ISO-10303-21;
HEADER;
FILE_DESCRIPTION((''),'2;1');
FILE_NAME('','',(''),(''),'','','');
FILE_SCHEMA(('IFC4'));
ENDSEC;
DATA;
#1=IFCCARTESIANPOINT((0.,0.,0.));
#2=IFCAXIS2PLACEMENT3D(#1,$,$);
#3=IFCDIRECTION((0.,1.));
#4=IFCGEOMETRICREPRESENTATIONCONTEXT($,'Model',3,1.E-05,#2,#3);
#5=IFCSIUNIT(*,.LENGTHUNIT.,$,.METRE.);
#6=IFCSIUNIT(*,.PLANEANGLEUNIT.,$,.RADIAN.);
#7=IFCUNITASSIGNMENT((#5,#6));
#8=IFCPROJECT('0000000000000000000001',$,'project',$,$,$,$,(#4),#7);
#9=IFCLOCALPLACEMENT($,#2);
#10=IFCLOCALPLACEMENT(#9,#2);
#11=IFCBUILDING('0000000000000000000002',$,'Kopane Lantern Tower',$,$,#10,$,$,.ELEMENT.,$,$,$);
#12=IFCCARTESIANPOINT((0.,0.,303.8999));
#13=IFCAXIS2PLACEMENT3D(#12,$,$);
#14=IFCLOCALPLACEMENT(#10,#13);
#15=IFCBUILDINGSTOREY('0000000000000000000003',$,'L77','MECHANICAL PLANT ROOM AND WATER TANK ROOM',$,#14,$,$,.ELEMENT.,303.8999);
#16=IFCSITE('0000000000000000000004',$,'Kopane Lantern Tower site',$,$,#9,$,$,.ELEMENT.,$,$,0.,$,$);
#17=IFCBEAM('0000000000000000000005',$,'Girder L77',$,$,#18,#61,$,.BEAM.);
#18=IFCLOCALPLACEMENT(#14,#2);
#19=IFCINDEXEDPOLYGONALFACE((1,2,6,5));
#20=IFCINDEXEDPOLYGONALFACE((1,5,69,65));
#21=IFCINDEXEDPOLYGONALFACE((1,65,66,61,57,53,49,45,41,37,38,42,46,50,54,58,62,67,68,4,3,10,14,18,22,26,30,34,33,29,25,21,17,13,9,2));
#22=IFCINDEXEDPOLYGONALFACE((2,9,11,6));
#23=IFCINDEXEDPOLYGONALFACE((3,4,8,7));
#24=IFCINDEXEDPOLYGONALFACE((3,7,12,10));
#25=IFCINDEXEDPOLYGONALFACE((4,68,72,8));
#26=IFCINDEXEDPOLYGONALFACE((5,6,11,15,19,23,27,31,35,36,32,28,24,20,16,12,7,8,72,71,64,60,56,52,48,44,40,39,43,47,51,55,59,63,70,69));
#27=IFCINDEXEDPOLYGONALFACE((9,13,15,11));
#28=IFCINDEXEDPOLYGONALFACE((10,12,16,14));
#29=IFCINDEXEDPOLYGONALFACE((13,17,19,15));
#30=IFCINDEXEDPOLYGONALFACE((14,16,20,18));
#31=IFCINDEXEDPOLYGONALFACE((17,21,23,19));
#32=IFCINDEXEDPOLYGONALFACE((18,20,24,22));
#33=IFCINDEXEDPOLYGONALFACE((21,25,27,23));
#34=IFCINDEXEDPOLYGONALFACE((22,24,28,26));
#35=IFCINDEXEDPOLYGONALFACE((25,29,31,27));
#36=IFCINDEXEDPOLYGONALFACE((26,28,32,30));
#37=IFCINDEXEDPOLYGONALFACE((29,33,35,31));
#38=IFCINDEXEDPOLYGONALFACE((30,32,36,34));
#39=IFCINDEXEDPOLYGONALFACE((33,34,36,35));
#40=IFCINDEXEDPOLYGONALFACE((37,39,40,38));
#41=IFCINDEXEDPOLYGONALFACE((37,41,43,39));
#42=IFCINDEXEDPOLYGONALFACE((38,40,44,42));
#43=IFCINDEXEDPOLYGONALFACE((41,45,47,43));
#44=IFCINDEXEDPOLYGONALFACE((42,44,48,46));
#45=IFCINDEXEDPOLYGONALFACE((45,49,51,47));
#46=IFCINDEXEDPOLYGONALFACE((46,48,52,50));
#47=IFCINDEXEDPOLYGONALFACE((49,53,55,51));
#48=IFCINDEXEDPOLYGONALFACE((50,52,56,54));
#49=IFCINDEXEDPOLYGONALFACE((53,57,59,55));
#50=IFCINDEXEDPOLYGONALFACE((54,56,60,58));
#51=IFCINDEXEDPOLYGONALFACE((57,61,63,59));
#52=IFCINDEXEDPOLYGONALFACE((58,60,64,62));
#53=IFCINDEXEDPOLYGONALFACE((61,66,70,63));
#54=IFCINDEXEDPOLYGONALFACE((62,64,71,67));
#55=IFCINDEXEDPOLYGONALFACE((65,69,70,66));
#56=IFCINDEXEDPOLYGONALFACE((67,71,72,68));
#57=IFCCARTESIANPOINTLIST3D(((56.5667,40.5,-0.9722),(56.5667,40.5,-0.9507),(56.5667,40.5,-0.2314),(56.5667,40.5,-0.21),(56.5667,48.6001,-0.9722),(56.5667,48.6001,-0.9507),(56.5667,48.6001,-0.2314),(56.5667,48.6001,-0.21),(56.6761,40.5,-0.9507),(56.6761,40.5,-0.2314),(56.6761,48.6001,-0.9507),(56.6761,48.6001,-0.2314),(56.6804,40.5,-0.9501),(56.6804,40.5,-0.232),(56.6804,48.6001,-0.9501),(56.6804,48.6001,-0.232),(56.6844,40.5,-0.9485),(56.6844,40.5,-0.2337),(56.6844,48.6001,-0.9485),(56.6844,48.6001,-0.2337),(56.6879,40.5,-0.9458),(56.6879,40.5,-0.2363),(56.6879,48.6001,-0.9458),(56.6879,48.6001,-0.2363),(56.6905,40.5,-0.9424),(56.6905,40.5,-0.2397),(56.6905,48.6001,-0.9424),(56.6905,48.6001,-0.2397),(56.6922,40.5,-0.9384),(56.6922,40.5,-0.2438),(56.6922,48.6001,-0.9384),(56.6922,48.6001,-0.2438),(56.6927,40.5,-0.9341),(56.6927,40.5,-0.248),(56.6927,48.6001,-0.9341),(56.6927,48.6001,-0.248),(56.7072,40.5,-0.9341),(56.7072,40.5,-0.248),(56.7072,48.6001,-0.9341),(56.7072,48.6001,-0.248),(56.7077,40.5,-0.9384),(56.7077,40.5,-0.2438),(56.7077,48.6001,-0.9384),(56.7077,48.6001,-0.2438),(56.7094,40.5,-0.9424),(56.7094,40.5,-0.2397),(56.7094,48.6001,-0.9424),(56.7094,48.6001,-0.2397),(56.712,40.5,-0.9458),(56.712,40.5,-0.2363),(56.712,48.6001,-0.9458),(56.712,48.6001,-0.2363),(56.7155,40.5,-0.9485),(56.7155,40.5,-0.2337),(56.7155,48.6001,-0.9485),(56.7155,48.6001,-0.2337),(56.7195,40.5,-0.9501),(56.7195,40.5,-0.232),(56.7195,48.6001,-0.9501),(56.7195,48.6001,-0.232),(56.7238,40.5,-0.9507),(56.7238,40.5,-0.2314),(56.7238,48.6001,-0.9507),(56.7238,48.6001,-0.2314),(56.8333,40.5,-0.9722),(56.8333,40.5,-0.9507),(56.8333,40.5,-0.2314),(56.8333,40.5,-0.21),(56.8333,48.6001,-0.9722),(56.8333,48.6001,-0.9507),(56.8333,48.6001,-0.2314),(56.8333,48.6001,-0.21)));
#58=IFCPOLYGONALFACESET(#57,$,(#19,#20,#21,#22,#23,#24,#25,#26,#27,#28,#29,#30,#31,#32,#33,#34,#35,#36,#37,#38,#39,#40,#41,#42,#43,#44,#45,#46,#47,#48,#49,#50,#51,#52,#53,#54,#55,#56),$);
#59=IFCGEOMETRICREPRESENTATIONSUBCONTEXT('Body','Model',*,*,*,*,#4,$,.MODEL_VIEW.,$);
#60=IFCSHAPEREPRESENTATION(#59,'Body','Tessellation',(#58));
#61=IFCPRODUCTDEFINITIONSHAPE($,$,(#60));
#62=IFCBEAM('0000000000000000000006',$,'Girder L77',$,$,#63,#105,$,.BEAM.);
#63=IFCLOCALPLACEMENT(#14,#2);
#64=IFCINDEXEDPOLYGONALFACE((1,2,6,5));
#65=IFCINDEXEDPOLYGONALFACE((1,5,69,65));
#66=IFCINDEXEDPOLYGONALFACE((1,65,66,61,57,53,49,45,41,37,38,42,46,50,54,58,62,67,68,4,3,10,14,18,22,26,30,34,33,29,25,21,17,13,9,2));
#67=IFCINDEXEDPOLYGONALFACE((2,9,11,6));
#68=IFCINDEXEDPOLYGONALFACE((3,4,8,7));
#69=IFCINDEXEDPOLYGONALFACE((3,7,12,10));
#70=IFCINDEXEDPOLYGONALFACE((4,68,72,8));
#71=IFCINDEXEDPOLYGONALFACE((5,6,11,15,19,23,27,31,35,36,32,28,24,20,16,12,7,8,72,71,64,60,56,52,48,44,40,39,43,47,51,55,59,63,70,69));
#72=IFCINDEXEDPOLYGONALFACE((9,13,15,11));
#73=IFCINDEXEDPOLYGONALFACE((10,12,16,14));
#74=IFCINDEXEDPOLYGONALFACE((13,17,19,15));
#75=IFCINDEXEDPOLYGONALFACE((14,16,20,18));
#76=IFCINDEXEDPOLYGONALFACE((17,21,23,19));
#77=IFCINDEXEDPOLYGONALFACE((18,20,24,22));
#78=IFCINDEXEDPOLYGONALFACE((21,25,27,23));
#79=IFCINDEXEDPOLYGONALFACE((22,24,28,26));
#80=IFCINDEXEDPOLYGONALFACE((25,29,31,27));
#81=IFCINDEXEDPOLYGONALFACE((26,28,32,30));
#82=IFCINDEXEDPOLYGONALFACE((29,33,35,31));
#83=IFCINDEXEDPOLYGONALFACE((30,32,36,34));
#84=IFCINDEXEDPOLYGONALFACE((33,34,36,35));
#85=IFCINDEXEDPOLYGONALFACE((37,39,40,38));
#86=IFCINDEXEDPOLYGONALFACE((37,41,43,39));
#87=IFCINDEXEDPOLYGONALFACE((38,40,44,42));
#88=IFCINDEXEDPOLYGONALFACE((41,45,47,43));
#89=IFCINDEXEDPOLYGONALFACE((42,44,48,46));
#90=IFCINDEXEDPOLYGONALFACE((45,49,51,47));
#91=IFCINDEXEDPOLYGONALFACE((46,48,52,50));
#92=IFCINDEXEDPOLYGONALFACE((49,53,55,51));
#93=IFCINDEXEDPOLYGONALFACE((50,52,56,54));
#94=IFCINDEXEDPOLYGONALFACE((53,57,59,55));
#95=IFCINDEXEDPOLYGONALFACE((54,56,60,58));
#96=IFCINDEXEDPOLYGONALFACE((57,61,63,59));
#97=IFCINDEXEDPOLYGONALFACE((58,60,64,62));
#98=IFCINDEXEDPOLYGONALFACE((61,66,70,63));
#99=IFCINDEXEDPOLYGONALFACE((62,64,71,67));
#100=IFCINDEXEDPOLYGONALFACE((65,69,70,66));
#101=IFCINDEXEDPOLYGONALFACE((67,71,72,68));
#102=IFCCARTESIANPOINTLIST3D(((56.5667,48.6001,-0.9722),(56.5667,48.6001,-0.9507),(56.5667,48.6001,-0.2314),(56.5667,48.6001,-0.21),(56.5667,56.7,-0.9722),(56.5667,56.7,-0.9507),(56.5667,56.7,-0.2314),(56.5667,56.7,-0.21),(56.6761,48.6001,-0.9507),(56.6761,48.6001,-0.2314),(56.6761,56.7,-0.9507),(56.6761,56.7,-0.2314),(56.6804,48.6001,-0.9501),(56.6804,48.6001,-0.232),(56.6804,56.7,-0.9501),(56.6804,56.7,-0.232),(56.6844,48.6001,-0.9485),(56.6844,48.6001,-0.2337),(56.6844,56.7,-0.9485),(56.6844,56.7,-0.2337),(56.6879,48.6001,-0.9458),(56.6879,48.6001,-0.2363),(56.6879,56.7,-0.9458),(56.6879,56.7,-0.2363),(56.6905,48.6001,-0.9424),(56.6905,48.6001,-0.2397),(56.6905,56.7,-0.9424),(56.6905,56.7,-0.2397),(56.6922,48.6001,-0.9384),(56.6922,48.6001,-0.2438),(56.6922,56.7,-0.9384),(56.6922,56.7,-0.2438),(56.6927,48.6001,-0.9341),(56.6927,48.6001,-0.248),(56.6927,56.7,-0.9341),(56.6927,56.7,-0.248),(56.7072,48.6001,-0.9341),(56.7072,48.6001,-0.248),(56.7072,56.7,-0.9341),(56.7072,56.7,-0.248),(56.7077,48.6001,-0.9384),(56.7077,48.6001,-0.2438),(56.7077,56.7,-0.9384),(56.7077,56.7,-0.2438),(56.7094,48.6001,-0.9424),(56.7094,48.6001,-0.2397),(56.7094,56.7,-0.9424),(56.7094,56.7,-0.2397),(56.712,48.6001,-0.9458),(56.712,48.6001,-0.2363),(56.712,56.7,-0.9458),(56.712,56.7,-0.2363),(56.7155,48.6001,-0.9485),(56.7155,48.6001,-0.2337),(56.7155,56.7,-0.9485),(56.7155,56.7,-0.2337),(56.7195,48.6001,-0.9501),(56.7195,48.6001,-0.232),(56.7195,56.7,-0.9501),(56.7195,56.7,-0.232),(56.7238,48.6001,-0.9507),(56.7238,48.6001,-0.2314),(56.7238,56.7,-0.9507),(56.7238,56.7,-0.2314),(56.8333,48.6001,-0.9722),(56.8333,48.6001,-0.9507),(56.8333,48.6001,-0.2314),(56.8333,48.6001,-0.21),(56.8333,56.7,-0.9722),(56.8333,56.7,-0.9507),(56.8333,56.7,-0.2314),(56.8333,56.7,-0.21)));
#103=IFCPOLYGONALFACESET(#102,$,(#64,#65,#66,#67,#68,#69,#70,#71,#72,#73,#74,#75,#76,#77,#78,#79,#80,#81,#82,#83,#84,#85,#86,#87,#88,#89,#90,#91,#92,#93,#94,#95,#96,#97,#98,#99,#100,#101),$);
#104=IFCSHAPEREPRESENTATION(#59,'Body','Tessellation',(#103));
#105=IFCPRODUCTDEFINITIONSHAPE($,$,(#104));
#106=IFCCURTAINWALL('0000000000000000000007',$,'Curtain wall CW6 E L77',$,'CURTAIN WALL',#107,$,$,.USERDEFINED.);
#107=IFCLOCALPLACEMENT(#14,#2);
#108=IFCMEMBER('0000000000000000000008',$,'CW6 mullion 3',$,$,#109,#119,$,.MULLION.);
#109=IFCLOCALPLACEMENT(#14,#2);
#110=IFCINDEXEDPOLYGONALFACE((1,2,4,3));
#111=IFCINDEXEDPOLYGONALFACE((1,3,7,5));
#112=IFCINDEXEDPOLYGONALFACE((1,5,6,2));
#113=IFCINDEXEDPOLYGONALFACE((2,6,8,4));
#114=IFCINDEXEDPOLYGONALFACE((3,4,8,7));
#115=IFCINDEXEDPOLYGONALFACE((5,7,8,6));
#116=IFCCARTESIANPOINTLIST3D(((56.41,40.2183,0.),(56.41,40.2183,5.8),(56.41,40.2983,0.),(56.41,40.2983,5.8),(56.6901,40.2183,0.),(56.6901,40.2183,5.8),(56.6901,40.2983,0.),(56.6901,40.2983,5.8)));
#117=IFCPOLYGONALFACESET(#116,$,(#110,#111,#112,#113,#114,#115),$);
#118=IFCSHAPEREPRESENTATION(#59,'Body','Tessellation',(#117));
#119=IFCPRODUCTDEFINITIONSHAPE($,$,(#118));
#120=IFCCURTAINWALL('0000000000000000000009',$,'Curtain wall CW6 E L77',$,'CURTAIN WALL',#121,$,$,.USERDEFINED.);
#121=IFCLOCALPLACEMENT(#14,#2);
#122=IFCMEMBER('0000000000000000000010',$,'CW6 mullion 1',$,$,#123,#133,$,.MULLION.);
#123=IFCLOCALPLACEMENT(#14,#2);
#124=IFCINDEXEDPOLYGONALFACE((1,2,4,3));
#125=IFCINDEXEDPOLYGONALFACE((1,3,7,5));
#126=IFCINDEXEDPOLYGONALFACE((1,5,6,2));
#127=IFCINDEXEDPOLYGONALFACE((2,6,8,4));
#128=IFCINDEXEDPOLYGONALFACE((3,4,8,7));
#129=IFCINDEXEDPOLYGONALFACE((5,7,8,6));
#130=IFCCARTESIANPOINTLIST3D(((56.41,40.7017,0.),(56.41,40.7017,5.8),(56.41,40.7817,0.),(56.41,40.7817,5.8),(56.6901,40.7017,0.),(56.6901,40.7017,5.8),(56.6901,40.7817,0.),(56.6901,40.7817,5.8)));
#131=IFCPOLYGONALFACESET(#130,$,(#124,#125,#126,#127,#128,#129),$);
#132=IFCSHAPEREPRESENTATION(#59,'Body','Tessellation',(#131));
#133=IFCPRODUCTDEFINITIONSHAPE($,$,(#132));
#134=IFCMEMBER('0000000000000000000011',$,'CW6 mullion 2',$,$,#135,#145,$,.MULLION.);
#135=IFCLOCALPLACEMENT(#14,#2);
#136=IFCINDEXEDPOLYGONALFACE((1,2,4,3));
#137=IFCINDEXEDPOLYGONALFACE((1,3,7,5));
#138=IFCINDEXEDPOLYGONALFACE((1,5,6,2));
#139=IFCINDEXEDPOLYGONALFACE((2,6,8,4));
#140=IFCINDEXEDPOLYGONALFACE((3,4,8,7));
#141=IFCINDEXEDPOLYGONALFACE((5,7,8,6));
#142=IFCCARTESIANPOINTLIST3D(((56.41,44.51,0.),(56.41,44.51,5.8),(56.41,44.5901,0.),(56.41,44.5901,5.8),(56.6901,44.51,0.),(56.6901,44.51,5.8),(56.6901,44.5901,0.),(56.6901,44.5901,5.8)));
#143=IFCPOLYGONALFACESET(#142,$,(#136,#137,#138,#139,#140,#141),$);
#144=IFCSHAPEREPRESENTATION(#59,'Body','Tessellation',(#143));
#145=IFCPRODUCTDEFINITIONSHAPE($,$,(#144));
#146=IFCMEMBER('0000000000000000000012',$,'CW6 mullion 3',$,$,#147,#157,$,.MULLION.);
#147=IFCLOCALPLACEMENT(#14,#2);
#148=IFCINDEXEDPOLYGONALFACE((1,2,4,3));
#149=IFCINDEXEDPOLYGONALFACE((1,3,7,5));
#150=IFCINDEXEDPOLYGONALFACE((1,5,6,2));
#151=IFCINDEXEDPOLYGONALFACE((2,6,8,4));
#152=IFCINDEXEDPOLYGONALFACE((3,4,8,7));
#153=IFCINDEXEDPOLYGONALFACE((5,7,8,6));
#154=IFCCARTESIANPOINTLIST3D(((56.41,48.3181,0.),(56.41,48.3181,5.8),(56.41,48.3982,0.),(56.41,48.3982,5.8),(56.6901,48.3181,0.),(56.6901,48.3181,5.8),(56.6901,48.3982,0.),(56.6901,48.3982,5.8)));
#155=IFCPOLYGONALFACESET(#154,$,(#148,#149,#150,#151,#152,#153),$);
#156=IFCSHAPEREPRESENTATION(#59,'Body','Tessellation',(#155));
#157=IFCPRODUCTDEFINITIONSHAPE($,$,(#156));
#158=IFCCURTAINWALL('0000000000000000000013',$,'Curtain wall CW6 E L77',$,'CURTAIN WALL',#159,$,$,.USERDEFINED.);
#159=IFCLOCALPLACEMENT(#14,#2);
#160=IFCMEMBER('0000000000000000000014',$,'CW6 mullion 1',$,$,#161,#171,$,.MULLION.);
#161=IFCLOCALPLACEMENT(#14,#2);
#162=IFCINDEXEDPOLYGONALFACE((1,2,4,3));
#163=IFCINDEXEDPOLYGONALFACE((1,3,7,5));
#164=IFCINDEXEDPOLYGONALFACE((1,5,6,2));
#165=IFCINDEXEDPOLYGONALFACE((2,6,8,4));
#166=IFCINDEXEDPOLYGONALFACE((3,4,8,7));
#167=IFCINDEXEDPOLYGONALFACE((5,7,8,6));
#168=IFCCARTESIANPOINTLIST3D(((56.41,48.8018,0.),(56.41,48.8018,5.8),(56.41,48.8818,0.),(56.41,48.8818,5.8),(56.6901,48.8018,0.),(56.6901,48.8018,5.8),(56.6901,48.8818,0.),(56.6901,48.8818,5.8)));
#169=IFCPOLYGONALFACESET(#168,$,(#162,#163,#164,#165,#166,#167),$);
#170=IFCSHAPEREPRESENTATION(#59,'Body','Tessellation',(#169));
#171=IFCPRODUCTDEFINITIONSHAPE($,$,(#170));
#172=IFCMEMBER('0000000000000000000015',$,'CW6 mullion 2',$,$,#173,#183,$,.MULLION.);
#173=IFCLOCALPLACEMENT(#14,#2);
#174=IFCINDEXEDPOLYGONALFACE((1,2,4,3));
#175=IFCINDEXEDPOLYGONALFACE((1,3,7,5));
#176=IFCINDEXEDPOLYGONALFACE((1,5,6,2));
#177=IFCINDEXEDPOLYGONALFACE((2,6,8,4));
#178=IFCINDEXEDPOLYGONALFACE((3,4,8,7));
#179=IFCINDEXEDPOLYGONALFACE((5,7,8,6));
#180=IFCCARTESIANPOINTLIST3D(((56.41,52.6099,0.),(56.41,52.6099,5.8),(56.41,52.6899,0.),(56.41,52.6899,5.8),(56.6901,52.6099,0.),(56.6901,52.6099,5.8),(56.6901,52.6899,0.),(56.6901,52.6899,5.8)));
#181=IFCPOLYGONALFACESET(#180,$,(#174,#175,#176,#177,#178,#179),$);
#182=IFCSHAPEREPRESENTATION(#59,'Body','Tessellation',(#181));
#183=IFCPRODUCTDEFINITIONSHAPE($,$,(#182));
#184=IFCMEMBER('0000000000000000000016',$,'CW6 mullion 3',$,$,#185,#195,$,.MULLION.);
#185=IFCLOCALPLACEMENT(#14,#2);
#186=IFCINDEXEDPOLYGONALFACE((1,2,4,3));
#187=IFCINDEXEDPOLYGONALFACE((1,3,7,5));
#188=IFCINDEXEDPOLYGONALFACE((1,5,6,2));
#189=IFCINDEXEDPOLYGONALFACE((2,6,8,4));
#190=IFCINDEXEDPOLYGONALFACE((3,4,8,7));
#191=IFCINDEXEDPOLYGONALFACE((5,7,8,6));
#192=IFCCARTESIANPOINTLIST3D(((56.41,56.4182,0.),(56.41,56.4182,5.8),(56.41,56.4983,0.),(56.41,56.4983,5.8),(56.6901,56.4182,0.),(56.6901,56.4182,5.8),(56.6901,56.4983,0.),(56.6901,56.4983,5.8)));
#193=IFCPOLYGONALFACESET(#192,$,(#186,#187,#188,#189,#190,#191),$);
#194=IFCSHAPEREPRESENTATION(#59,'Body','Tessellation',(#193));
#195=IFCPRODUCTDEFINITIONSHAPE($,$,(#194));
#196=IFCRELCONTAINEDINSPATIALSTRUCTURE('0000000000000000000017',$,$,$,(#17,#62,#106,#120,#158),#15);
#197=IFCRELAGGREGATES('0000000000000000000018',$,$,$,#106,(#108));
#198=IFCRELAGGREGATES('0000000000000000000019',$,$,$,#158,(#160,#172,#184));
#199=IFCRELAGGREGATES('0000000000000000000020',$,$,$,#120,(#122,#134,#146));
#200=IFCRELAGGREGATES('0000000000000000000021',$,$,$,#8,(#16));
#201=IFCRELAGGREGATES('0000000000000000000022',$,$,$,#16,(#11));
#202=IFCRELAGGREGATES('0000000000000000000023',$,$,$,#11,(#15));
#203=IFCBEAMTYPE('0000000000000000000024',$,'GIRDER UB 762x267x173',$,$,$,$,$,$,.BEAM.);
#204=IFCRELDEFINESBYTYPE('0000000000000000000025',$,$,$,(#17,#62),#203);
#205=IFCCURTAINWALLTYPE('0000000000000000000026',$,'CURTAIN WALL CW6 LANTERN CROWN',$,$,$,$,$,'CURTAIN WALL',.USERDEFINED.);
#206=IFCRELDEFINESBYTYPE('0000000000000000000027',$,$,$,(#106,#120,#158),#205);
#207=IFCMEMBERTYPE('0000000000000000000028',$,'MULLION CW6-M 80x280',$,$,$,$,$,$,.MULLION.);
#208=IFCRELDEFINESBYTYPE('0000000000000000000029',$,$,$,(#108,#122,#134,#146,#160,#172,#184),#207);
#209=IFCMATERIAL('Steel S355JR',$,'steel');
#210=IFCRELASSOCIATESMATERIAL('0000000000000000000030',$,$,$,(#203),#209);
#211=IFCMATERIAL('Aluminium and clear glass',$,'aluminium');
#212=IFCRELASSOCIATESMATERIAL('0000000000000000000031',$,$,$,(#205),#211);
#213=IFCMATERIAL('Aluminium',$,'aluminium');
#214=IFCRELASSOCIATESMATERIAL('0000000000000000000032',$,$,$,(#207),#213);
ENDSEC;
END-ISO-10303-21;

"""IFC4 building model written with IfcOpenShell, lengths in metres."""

from ifc_helpers import new_model, si_unit, direction, frame, origin, origin_2d, place, context, subcontext, project, spatial, rectangle, i_section, extrude, material, material_profile, profile_set, type_object, element, aggregate, save


model = new_model("IFC4")

# Units and contexts
model_context = context("Model", 3, precision=1e-05, world=origin(), true_north=direction((0.0, 1.0)))
body_context = subcontext(model_context, "Body", "Model", "MODEL_VIEW")
ifc_project = project(units=[si_unit("LENGTHUNIT", "METRE"), si_unit("PLANEANGLEUNIT", "RADIAN")], contexts=[model_context])

# Site, building, storey
site_placement = place(None, origin())
site = spatial("IfcSite", under=ifc_project, at=site_placement, Name="Kopane Lantern Tower site", CompositionType="ELEMENT", RefElevation=0.0)
building_placement = place(site_placement, origin())
building = spatial("IfcBuilding", under=site, at=building_placement, Name="Kopane Lantern Tower", CompositionType="ELEMENT")
storey_placement = place(building_placement, frame((0.0, 0.0, 303.8999)))
storey = spatial("IfcBuildingStorey", under=building, at=storey_placement, Name="L77", Description="MECHANICAL PLANT ROOM AND WATER TANK ROOM", CompositionType="ELEMENT", Elevation=303.8999)

# Beams
ifc_material_1 = material(Name="Steel S355JR", Category="steel")
ifc_material_profile_1 = material_profile(ifc_material_1, i_section(OverallWidth=0.2666, OverallDepth=0.7622, WebThickness=0.0144, FlangeThickness=0.0215, FilletRadius=0.0166, at=origin_2d()), Name="UB 762x267x173")
ifc_profile_set_1 = profile_set([ifc_material_profile_1], Name="Steel S355JR")
beam_type = type_object("IfcBeamType", Name="GIRDER UB 762x267x173", PredefinedType="BEAM", material=ifc_profile_set_1)
beam_1_placement = place(storey_placement, frame((56.7, 40.5, -0.5911), z_axis=(0.0, 1.0, 0.0), x_axis=(-1.0, 0.0, 0.0)))
element("IfcBeam", 1, at=beam_1_placement, inside=storey, type_object=beam_type, Name="Girder L77", PredefinedType="BEAM", context=body_context, shape_type="SweptSolid", body=[
    extrude(i_section(OverallWidth=0.2666, OverallDepth=0.7622, WebThickness=0.0144, FlangeThickness=0.0215, FilletRadius=0.0166, at=origin_2d()), origin(), (0.0, 0.0, 1.0), 8.1001),
])
beam_2_placement = place(storey_placement, frame((56.7, 48.6001, -0.5911), z_axis=(0.0, 1.0, 0.0), x_axis=(-1.0, 0.0, 0.0)))
element("IfcBeam", 2, at=beam_2_placement, inside=storey, type_object=beam_type, Name="Girder L77", PredefinedType="BEAM", context=body_context, shape_type="SweptSolid", body=[
    extrude(i_section(OverallWidth=0.2666, OverallDepth=0.7622, WebThickness=0.0144, FlangeThickness=0.0215, FilletRadius=0.0166, at=origin_2d()), origin(), (0.0, 0.0, 1.0), 8.0999),
])

# Curtain wall, member
ifc_material_2 = material(Name="Aluminium and clear glass", Category="aluminium")
curtain_wall_type = type_object("IfcCurtainWallType", Name="CURTAIN WALL CW6 LANTERN CROWN", ElementType="CURTAIN WALL", PredefinedType="USERDEFINED", material=ifc_material_2)
curtain_wall_1_placement = place(storey_placement, origin())
curtain_wall_1 = element("IfcCurtainWall", 3, at=curtain_wall_1_placement, inside=storey, type_object=curtain_wall_type, Name="Curtain wall CW6 E L77", ObjectType="CURTAIN WALL", PredefinedType="USERDEFINED")
ifc_material_3 = material(Name="Aluminium", Category="aluminium")
ifc_material_profile_2 = material_profile(ifc_material_3, rectangle(XDim=0.0801, YDim=0.28, at=origin_2d()), Name="AL 80x280")
ifc_profile_set_2 = profile_set([ifc_material_profile_2], Name="Aluminium")
member_type_1 = type_object("IfcMemberType", Name="MULLION CW6-M 80x280", PredefinedType="MULLION", material=ifc_profile_set_2)
member_1_placement = place(storey_placement, frame((56.55, 40.2583, 0.0), z_axis=(0.0, 0.0, 1.0), x_axis=(0.0, 1.0, 0.0)))
member_1 = element("IfcMember", 4, at=member_1_placement, type_object=member_type_1, Name="CW6 mullion 3", PredefinedType="MULLION", context=body_context, shape_type="SweptSolid", body=[
    extrude(rectangle(XDim=0.0801, YDim=0.28, at=origin_2d()), origin(), (0.0, 0.0, 1.0), 5.8),
])
aggregate(curtain_wall_1, [member_1])

# Curtain walls, members
curtain_wall_2_placement = place(storey_placement, origin())
curtain_wall_2 = element("IfcCurtainWall", 5, at=curtain_wall_2_placement, inside=storey, type_object=curtain_wall_type, Name="Curtain wall CW6 E L77", ObjectType="CURTAIN WALL", PredefinedType="USERDEFINED")
member_2_placement = place(storey_placement, frame((56.55, 40.7417, 0.0), z_axis=(0.0, 0.0, 1.0), x_axis=(0.0, 1.0, 0.0)))
member_2 = element("IfcMember", 6, at=member_2_placement, type_object=member_type_1, Name="CW6 mullion 1", PredefinedType="MULLION", context=body_context, shape_type="SweptSolid", body=[
    extrude(rectangle(XDim=0.0801, YDim=0.28, at=origin_2d()), origin(), (0.0, 0.0, 1.0), 5.8),
])
member_3_placement = place(storey_placement, frame((56.55, 44.55, 0.0), z_axis=(0.0, 0.0, 1.0), x_axis=(0.0, 1.0, 0.0)))
member_3 = element("IfcMember", 7, at=member_3_placement, type_object=member_type_1, Name="CW6 mullion 2", PredefinedType="MULLION", context=body_context, shape_type="SweptSolid", body=[
    extrude(rectangle(XDim=0.0801, YDim=0.28, at=origin_2d()), origin(), (0.0, 0.0, 1.0), 5.8),
])
member_4_placement = place(storey_placement, frame((56.55, 48.3582, 0.0), z_axis=(0.0, 0.0, 1.0), x_axis=(0.0, 1.0, 0.0)))
member_4 = element("IfcMember", 8, at=member_4_placement, type_object=member_type_1, Name="CW6 mullion 3", PredefinedType="MULLION", context=body_context, shape_type="SweptSolid", body=[
    extrude(rectangle(XDim=0.0801, YDim=0.28, at=origin_2d()), origin(), (0.0, 0.0, 1.0), 5.8),
])
curtain_wall_3_placement = place(storey_placement, origin())
curtain_wall_3 = element("IfcCurtainWall", 9, at=curtain_wall_3_placement, inside=storey, type_object=curtain_wall_type, Name="Curtain wall CW6 E L77", ObjectType="CURTAIN WALL", PredefinedType="USERDEFINED")
member_5_placement = place(storey_placement, frame((56.55, 48.8418, 0.0), z_axis=(0.0, 0.0, 1.0), x_axis=(0.0, 1.0, 0.0)))
member_5 = element("IfcMember", 10, at=member_5_placement, type_object=member_type_1, Name="CW6 mullion 1", PredefinedType="MULLION", context=body_context, shape_type="SweptSolid", body=[
    extrude(rectangle(XDim=0.0801, YDim=0.28, at=origin_2d()), origin(), (0.0, 0.0, 1.0), 5.8),
])
member_6_placement = place(storey_placement, frame((56.55, 52.6499, 0.0), z_axis=(0.0, 0.0, 1.0), x_axis=(0.0, 1.0, 0.0)))
member_6 = element("IfcMember", 11, at=member_6_placement, type_object=member_type_1, Name="CW6 mullion 2", PredefinedType="MULLION", context=body_context, shape_type="SweptSolid", body=[
    extrude(rectangle(XDim=0.0801, YDim=0.28, at=origin_2d()), origin(), (0.0, 0.0, 1.0), 5.8),
])
member_7_placement = place(storey_placement, frame((56.55, 56.4583, 0.0), z_axis=(0.0, 0.0, 1.0), x_axis=(0.0, 1.0, 0.0)))
member_7 = element("IfcMember", 12, at=member_7_placement, type_object=member_type_1, Name="CW6 mullion 3", PredefinedType="MULLION", context=body_context, shape_type="SweptSolid", body=[
    extrude(rectangle(XDim=0.0801, YDim=0.28, at=origin_2d()), origin(), (0.0, 0.0, 1.0), 5.8),
])

aggregate(curtain_wall_3, [member_5, member_6, member_7])

aggregate(curtain_wall_2, [member_2, member_3, member_4])

save(model, "model.ifc")
